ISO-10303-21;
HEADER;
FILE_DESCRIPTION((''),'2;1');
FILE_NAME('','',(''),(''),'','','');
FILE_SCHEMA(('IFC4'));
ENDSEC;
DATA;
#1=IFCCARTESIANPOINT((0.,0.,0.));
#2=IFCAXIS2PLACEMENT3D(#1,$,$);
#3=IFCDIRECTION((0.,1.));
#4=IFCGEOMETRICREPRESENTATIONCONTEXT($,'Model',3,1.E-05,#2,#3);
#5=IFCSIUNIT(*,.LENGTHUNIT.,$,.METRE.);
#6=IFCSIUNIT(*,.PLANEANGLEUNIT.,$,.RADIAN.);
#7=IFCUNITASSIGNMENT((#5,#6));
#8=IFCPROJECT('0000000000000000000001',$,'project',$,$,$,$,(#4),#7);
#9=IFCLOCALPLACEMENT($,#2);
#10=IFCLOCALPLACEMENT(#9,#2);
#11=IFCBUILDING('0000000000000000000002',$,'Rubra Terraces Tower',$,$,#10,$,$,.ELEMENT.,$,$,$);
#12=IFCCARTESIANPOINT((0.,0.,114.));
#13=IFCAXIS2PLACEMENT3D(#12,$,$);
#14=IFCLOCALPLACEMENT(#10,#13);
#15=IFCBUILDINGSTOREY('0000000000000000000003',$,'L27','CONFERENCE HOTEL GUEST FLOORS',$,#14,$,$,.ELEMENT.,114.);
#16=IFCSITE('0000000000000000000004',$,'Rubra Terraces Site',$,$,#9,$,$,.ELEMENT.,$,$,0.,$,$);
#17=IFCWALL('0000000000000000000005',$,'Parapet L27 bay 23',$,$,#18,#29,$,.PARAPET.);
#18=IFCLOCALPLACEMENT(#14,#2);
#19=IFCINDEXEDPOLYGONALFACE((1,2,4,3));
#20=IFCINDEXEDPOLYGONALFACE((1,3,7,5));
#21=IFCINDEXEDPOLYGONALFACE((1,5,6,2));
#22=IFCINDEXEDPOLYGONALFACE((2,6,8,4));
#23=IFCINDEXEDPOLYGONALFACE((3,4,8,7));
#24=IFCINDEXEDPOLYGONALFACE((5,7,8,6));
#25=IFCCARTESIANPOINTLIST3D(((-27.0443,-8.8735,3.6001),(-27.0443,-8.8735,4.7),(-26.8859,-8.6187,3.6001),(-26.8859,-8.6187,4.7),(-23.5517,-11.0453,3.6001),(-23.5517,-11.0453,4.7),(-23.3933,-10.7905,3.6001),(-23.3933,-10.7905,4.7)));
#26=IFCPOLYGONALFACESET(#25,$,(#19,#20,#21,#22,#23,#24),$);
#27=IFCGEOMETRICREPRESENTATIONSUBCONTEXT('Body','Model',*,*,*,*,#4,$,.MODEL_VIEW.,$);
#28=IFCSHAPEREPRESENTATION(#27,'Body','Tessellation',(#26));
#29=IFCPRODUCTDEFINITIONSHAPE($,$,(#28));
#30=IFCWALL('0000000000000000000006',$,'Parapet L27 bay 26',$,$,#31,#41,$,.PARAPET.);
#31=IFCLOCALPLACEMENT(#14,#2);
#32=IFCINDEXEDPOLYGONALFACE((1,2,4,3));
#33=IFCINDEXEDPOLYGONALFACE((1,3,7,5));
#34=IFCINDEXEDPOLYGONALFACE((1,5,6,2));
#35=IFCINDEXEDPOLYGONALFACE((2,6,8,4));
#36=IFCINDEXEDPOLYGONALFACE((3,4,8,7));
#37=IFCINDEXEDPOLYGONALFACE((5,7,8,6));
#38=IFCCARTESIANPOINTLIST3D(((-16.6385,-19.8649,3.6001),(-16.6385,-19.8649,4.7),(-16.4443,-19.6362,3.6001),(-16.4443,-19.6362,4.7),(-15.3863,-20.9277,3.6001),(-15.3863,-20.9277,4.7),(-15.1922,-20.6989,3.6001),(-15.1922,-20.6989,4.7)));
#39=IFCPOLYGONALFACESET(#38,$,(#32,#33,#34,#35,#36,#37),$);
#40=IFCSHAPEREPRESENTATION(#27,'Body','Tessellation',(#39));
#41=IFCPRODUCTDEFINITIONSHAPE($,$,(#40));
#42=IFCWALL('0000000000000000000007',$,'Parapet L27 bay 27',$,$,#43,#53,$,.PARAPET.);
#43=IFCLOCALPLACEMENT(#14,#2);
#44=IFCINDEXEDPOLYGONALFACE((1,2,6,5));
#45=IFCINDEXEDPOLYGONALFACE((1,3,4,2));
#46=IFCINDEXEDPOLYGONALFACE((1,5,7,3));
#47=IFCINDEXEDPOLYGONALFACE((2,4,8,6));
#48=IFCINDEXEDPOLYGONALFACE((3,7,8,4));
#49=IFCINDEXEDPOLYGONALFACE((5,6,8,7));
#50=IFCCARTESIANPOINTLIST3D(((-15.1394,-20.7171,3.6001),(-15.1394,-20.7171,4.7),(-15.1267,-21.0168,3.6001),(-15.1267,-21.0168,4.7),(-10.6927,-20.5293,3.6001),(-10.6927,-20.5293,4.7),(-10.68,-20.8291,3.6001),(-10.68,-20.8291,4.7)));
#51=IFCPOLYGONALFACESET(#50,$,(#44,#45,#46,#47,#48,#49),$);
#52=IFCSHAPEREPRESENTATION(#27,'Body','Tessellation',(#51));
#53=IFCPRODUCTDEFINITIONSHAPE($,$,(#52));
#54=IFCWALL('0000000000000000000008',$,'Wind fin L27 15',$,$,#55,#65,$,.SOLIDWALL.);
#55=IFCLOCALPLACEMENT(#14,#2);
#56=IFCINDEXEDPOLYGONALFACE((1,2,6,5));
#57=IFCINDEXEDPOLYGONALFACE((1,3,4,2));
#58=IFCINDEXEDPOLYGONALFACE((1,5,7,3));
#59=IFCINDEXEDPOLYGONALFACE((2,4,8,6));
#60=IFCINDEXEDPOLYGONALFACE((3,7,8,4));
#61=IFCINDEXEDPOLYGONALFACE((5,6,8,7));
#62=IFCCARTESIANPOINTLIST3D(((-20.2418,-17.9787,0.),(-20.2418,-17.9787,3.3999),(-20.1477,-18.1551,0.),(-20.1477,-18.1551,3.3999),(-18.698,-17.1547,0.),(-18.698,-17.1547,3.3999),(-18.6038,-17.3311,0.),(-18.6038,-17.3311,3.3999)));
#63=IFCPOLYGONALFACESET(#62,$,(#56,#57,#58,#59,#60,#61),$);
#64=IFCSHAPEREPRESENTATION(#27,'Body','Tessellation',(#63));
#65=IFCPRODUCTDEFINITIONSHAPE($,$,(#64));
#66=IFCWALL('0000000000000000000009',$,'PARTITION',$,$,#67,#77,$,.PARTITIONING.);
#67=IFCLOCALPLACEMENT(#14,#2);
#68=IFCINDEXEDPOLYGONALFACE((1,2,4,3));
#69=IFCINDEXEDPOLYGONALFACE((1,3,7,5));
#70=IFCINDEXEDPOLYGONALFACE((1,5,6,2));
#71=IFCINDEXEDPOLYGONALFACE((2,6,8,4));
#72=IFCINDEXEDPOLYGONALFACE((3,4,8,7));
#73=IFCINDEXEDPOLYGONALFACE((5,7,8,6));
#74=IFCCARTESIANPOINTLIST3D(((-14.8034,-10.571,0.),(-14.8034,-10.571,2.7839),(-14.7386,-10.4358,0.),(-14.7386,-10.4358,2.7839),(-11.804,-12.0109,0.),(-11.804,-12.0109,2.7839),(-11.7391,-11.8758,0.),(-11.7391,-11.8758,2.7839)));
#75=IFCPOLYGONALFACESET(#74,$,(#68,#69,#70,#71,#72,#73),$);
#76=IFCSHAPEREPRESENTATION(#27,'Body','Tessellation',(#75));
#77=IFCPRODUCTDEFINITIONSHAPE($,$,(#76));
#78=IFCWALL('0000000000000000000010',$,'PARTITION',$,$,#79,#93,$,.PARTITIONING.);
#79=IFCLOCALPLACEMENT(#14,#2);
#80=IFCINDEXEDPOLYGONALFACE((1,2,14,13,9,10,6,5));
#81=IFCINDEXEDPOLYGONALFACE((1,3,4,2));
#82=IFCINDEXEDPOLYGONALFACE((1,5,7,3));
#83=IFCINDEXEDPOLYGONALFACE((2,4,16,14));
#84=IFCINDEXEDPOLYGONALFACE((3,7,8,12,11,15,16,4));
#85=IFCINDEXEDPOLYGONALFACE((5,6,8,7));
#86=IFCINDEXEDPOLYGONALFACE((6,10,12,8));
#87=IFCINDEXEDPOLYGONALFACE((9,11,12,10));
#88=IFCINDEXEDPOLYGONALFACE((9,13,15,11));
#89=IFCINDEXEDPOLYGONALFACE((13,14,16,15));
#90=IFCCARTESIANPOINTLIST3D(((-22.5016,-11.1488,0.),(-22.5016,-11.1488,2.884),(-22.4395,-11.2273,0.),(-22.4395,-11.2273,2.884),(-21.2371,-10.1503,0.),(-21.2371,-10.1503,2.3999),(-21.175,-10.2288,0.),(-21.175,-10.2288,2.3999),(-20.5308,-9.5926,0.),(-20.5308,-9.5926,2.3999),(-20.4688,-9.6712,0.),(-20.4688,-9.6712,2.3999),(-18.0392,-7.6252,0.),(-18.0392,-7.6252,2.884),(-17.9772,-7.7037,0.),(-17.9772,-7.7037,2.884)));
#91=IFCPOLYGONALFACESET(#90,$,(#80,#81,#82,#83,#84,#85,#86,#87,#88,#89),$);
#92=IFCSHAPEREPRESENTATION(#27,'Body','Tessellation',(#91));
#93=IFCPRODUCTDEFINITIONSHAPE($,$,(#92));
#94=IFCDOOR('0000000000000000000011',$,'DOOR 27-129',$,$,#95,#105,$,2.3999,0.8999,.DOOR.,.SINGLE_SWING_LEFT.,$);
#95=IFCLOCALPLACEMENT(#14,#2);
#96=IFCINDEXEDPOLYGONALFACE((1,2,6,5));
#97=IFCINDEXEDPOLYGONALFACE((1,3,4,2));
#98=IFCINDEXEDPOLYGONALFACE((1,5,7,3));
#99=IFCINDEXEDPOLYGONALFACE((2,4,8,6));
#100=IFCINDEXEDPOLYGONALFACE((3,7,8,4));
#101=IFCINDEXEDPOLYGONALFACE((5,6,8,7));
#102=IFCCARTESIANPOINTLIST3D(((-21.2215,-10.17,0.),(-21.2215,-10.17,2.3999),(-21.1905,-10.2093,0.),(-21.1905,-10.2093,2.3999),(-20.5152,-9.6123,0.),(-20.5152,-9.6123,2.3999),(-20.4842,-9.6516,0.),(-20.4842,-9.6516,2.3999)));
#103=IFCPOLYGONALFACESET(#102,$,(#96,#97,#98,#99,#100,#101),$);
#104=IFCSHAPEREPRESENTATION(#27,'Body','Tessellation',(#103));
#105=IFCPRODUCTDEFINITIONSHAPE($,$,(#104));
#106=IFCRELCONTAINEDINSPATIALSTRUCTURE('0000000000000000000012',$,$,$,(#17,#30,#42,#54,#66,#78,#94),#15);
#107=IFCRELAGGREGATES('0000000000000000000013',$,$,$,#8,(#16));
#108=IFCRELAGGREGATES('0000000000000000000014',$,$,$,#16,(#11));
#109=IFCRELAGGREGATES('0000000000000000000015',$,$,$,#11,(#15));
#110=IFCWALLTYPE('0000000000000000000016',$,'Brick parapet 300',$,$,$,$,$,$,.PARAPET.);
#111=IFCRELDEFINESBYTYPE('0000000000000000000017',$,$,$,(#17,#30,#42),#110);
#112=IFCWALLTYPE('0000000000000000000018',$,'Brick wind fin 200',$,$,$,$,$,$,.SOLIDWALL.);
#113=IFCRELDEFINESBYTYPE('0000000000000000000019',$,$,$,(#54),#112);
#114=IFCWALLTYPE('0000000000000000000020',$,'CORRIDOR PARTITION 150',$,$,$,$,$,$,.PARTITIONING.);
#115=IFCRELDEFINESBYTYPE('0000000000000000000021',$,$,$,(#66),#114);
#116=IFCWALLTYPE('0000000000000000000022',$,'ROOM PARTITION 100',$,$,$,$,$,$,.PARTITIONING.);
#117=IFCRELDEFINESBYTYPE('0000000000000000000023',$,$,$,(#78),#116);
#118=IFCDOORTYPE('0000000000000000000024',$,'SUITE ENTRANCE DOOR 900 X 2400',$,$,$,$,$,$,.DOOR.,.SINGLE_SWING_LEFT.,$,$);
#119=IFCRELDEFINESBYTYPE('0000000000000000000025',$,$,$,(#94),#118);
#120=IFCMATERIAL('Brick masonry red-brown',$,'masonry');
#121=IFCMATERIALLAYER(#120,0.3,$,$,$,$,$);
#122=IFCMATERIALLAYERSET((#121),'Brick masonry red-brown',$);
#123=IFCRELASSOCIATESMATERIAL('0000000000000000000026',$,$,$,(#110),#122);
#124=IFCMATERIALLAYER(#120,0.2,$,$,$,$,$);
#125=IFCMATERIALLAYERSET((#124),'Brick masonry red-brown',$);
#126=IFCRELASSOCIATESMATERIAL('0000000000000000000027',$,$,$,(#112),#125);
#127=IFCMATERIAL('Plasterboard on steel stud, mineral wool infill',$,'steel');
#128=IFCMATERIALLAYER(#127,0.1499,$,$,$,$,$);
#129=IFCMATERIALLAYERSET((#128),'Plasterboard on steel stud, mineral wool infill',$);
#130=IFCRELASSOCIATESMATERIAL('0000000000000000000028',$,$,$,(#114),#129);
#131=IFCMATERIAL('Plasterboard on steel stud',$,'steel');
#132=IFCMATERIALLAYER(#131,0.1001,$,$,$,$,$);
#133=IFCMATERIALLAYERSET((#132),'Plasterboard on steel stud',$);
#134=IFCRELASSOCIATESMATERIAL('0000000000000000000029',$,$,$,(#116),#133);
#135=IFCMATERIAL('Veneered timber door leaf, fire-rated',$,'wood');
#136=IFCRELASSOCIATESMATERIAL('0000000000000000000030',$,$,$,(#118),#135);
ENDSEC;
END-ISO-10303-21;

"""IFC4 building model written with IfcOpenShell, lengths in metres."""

from ifc_helpers import new_model, si_unit, direction, frame, frame_2d, origin, place, context, subcontext, project, spatial, rectangle, extrude, material, layer, layer_set, type_object, element, fill, save


model = new_model("IFC4")

# Units and contexts
model_context = context("Model", 3, precision=1e-05, world=origin(), true_north=direction((0.0, 1.0)))
body_context = subcontext(model_context, "Body", "Model", "MODEL_VIEW")
ifc_project = project(units=[si_unit("LENGTHUNIT", "METRE"), si_unit("PLANEANGLEUNIT", "RADIAN")], contexts=[model_context])

# Site, building, storey
site_placement = place(None, origin())
site = spatial("IfcSite", under=ifc_project, at=site_placement, Name="Rubra Terraces Site", CompositionType="ELEMENT", RefElevation=0.0)
building_placement = place(site_placement, origin())
building = spatial("IfcBuilding", under=site, at=building_placement, Name="Rubra Terraces Tower", CompositionType="ELEMENT")
storey_placement = place(building_placement, frame((0.0, 0.0, 114.0)))
storey = spatial("IfcBuildingStorey", under=building, at=storey_placement, Name="L27", Description="CONFERENCE HOTEL GUEST FLOORS", CompositionType="ELEMENT", Elevation=114.0)

# Shared definitions
ifc_material_1 = material(Name="Brick masonry red-brown", Category="masonry")

# Walls
ifc_layer_1 = layer(ifc_material_1, 0.3)
ifc_layer_set_1 = layer_set([ifc_layer_1], Name="Brick masonry red-brown")
wall_type_1 = type_object("IfcWallType", Name="Brick parapet 300", PredefinedType="PARAPET", material=ifc_layer_set_1)
wall_1_placement = place(storey_placement, frame((-26.9651, -8.7461, 3.6001), z_axis=(0.0, 0.0, 1.0), x_axis=(0.849203, -0.528066, 0.0)))
element("IfcWall", 1, at=wall_1_placement, inside=storey, type_object=wall_type_1, Name="Parapet L27 bay 23", PredefinedType="PARAPET", context=body_context, shape_type="SweptSolid", body=[
    extrude(rectangle(XDim=4.1128, YDim=0.3, at=frame_2d((2.0564, 0.0))), origin(), (0.0, 0.0, 1.0), 1.0999),
])
wall_2_placement = place(storey_placement, frame((-16.5415, -19.7505, 3.6001), z_axis=(0.0, 0.0, 1.0), x_axis=(0.762427, -0.647074, 0.0)))
element("IfcWall", 2, at=wall_2_placement, inside=storey, type_object=wall_type_1, Name="Parapet L27 bay 26", PredefinedType="PARAPET", context=body_context, shape_type="SweptSolid", body=[
    extrude(rectangle(XDim=1.6423, YDim=0.3, at=frame_2d((0.8213, 0.0))), origin(), (0.0, 0.0, 1.0), 1.0999),
])
wall_3_placement = place(storey_placement, frame((-15.1331, -20.8669, 3.6001), z_axis=(0.0, 0.0, 1.0), x_axis=(0.99911, 0.042183, 0.0)))
element("IfcWall", 3, at=wall_3_placement, inside=storey, type_object=wall_type_1, Name="Parapet L27 bay 27", PredefinedType="PARAPET", context=body_context, shape_type="SweptSolid", body=[
    extrude(rectangle(XDim=4.4507, YDim=0.3, at=frame_2d((2.2253, 0.0))), origin(), (0.0, 0.0, 1.0), 1.0999),
])
ifc_layer_2 = layer(ifc_material_1, 0.2)
ifc_layer_set_2 = layer_set([ifc_layer_2], Name="Brick masonry red-brown")
wall_type_2 = type_object("IfcWallType", Name="Brick wind fin 200", PredefinedType="SOLIDWALL", material=ifc_layer_set_2)
wall_4_placement = place(storey_placement, frame((-18.6509, -17.2429, 0.0), z_axis=(0.0, 0.0, 1.0), x_axis=(-0.882225, -0.470827, 0.0)))
element("IfcWall", 4, at=wall_4_placement, inside=storey, type_object=wall_type_2, Name="Wind fin L27 15", PredefinedType="SOLIDWALL", context=body_context, shape_type="SweptSolid", body=[
    extrude(rectangle(XDim=1.75, YDim=0.2, at=frame_2d((0.875, 0.0))), origin(), (0.0, 0.0, 1.0), 3.3999),
])
ifc_material_2 = material(Name="Plasterboard on steel stud, mineral wool infill", Category="steel")
ifc_layer_3 = layer(ifc_material_2, 0.1499)
ifc_layer_set_3 = layer_set([ifc_layer_3], Name="Plasterboard on steel stud, mineral wool infill")
wall_type_3 = type_object("IfcWallType", Name="CORRIDOR PARTITION 150", PredefinedType="PARTITIONING", material=ifc_layer_set_3)
wall_5_placement = place(storey_placement, frame((-14.771, -10.5034, 0.0), z_axis=(0.0, 0.0, 1.0), x_axis=(0.901502, -0.432774, 0.0)))
element("IfcWall", 5, at=wall_5_placement, inside=storey, type_object=wall_type_3, Name="PARTITION", PredefinedType="PARTITIONING", context=body_context, shape_type="SweptSolid", body=[
    extrude(rectangle(XDim=3.3271, YDim=0.1499, at=frame_2d((1.6636, 0.0))), origin(), (0.0, 0.0, 1.0), 2.7839),
])

# Wall, opening, door
ifc_material_3 = material(Name="Plasterboard on steel stud", Category="steel")
ifc_layer_4 = layer(ifc_material_3, 0.1001)
ifc_layer_set_4 = layer_set([ifc_layer_4], Name="Plasterboard on steel stud")
wall_type_4 = type_object("IfcWallType", Name="ROOM PARTITION 100", PredefinedType="PARTITIONING", material=ifc_layer_set_4)
wall_6_placement = place(storey_placement, frame((-22.4705, -11.188, 0.0), z_axis=(0.0, 0.0, 1.0), x_axis=(0.78482, 0.619724, 0.0)))
wall_6 = element("IfcWall", 6, at=wall_6_placement, inside=storey, type_object=wall_type_4, Name="PARTITION", PredefinedType="PARTITIONING", context=body_context, shape_type="SweptSolid", body=[
    extrude(rectangle(XDim=5.6858, YDim=0.1001, at=frame_2d((2.8428, 0.0))), origin(), (0.0, 0.0, 1.0), 2.884),
])
opening_1_placement = place(wall_6_placement, frame((1.6111, 0.0, 0.0)))
opening_1 = element("IfcOpeningElement", 7, at=opening_1_placement, cuts=wall_6, PredefinedType="OPENING", context=body_context, shape_type="SweptSolid", body=[
    extrude(rectangle(XDim=0.8999, YDim=2.3999, at=frame_2d((0.45, 1.2))), frame((0.0, 0.0601, 0.0), z_axis=(0.0, -1.0, 0.0), x_axis=(1.0, 0.0, 0.0)), (0.0, 0.0, 1.0), 0.1201),
])
ifc_material_4 = material(Name="Veneered timber door leaf, fire-rated", Category="wood")
door_type = type_object("IfcDoorType", Name="SUITE ENTRANCE DOOR 900 X 2400", OperationType="SINGLE_SWING_LEFT", PredefinedType="DOOR", material=ifc_material_4)
door_placement = place(opening_1_placement, origin())
door = element("IfcDoor", 8, at=door_placement, inside=storey, type_object=door_type, Name="DOOR 27-129", OperationType="SINGLE_SWING_LEFT", OverallHeight=2.3999, OverallWidth=0.8999, PredefinedType="DOOR", context=body_context, shape_type="SweptSolid", body=[
    extrude(rectangle(XDim=0.8999, YDim=2.3999, at=frame_2d((0.45, 1.2))), frame((0.0, 0.0249, 0.0), z_axis=(0.0, -1.0, 0.0), x_axis=(1.0, 0.0, 0.0)), (0.0, 0.0, 1.0), 0.05),
])
fill(opening_1, door)

save(model, "model.ifc")
